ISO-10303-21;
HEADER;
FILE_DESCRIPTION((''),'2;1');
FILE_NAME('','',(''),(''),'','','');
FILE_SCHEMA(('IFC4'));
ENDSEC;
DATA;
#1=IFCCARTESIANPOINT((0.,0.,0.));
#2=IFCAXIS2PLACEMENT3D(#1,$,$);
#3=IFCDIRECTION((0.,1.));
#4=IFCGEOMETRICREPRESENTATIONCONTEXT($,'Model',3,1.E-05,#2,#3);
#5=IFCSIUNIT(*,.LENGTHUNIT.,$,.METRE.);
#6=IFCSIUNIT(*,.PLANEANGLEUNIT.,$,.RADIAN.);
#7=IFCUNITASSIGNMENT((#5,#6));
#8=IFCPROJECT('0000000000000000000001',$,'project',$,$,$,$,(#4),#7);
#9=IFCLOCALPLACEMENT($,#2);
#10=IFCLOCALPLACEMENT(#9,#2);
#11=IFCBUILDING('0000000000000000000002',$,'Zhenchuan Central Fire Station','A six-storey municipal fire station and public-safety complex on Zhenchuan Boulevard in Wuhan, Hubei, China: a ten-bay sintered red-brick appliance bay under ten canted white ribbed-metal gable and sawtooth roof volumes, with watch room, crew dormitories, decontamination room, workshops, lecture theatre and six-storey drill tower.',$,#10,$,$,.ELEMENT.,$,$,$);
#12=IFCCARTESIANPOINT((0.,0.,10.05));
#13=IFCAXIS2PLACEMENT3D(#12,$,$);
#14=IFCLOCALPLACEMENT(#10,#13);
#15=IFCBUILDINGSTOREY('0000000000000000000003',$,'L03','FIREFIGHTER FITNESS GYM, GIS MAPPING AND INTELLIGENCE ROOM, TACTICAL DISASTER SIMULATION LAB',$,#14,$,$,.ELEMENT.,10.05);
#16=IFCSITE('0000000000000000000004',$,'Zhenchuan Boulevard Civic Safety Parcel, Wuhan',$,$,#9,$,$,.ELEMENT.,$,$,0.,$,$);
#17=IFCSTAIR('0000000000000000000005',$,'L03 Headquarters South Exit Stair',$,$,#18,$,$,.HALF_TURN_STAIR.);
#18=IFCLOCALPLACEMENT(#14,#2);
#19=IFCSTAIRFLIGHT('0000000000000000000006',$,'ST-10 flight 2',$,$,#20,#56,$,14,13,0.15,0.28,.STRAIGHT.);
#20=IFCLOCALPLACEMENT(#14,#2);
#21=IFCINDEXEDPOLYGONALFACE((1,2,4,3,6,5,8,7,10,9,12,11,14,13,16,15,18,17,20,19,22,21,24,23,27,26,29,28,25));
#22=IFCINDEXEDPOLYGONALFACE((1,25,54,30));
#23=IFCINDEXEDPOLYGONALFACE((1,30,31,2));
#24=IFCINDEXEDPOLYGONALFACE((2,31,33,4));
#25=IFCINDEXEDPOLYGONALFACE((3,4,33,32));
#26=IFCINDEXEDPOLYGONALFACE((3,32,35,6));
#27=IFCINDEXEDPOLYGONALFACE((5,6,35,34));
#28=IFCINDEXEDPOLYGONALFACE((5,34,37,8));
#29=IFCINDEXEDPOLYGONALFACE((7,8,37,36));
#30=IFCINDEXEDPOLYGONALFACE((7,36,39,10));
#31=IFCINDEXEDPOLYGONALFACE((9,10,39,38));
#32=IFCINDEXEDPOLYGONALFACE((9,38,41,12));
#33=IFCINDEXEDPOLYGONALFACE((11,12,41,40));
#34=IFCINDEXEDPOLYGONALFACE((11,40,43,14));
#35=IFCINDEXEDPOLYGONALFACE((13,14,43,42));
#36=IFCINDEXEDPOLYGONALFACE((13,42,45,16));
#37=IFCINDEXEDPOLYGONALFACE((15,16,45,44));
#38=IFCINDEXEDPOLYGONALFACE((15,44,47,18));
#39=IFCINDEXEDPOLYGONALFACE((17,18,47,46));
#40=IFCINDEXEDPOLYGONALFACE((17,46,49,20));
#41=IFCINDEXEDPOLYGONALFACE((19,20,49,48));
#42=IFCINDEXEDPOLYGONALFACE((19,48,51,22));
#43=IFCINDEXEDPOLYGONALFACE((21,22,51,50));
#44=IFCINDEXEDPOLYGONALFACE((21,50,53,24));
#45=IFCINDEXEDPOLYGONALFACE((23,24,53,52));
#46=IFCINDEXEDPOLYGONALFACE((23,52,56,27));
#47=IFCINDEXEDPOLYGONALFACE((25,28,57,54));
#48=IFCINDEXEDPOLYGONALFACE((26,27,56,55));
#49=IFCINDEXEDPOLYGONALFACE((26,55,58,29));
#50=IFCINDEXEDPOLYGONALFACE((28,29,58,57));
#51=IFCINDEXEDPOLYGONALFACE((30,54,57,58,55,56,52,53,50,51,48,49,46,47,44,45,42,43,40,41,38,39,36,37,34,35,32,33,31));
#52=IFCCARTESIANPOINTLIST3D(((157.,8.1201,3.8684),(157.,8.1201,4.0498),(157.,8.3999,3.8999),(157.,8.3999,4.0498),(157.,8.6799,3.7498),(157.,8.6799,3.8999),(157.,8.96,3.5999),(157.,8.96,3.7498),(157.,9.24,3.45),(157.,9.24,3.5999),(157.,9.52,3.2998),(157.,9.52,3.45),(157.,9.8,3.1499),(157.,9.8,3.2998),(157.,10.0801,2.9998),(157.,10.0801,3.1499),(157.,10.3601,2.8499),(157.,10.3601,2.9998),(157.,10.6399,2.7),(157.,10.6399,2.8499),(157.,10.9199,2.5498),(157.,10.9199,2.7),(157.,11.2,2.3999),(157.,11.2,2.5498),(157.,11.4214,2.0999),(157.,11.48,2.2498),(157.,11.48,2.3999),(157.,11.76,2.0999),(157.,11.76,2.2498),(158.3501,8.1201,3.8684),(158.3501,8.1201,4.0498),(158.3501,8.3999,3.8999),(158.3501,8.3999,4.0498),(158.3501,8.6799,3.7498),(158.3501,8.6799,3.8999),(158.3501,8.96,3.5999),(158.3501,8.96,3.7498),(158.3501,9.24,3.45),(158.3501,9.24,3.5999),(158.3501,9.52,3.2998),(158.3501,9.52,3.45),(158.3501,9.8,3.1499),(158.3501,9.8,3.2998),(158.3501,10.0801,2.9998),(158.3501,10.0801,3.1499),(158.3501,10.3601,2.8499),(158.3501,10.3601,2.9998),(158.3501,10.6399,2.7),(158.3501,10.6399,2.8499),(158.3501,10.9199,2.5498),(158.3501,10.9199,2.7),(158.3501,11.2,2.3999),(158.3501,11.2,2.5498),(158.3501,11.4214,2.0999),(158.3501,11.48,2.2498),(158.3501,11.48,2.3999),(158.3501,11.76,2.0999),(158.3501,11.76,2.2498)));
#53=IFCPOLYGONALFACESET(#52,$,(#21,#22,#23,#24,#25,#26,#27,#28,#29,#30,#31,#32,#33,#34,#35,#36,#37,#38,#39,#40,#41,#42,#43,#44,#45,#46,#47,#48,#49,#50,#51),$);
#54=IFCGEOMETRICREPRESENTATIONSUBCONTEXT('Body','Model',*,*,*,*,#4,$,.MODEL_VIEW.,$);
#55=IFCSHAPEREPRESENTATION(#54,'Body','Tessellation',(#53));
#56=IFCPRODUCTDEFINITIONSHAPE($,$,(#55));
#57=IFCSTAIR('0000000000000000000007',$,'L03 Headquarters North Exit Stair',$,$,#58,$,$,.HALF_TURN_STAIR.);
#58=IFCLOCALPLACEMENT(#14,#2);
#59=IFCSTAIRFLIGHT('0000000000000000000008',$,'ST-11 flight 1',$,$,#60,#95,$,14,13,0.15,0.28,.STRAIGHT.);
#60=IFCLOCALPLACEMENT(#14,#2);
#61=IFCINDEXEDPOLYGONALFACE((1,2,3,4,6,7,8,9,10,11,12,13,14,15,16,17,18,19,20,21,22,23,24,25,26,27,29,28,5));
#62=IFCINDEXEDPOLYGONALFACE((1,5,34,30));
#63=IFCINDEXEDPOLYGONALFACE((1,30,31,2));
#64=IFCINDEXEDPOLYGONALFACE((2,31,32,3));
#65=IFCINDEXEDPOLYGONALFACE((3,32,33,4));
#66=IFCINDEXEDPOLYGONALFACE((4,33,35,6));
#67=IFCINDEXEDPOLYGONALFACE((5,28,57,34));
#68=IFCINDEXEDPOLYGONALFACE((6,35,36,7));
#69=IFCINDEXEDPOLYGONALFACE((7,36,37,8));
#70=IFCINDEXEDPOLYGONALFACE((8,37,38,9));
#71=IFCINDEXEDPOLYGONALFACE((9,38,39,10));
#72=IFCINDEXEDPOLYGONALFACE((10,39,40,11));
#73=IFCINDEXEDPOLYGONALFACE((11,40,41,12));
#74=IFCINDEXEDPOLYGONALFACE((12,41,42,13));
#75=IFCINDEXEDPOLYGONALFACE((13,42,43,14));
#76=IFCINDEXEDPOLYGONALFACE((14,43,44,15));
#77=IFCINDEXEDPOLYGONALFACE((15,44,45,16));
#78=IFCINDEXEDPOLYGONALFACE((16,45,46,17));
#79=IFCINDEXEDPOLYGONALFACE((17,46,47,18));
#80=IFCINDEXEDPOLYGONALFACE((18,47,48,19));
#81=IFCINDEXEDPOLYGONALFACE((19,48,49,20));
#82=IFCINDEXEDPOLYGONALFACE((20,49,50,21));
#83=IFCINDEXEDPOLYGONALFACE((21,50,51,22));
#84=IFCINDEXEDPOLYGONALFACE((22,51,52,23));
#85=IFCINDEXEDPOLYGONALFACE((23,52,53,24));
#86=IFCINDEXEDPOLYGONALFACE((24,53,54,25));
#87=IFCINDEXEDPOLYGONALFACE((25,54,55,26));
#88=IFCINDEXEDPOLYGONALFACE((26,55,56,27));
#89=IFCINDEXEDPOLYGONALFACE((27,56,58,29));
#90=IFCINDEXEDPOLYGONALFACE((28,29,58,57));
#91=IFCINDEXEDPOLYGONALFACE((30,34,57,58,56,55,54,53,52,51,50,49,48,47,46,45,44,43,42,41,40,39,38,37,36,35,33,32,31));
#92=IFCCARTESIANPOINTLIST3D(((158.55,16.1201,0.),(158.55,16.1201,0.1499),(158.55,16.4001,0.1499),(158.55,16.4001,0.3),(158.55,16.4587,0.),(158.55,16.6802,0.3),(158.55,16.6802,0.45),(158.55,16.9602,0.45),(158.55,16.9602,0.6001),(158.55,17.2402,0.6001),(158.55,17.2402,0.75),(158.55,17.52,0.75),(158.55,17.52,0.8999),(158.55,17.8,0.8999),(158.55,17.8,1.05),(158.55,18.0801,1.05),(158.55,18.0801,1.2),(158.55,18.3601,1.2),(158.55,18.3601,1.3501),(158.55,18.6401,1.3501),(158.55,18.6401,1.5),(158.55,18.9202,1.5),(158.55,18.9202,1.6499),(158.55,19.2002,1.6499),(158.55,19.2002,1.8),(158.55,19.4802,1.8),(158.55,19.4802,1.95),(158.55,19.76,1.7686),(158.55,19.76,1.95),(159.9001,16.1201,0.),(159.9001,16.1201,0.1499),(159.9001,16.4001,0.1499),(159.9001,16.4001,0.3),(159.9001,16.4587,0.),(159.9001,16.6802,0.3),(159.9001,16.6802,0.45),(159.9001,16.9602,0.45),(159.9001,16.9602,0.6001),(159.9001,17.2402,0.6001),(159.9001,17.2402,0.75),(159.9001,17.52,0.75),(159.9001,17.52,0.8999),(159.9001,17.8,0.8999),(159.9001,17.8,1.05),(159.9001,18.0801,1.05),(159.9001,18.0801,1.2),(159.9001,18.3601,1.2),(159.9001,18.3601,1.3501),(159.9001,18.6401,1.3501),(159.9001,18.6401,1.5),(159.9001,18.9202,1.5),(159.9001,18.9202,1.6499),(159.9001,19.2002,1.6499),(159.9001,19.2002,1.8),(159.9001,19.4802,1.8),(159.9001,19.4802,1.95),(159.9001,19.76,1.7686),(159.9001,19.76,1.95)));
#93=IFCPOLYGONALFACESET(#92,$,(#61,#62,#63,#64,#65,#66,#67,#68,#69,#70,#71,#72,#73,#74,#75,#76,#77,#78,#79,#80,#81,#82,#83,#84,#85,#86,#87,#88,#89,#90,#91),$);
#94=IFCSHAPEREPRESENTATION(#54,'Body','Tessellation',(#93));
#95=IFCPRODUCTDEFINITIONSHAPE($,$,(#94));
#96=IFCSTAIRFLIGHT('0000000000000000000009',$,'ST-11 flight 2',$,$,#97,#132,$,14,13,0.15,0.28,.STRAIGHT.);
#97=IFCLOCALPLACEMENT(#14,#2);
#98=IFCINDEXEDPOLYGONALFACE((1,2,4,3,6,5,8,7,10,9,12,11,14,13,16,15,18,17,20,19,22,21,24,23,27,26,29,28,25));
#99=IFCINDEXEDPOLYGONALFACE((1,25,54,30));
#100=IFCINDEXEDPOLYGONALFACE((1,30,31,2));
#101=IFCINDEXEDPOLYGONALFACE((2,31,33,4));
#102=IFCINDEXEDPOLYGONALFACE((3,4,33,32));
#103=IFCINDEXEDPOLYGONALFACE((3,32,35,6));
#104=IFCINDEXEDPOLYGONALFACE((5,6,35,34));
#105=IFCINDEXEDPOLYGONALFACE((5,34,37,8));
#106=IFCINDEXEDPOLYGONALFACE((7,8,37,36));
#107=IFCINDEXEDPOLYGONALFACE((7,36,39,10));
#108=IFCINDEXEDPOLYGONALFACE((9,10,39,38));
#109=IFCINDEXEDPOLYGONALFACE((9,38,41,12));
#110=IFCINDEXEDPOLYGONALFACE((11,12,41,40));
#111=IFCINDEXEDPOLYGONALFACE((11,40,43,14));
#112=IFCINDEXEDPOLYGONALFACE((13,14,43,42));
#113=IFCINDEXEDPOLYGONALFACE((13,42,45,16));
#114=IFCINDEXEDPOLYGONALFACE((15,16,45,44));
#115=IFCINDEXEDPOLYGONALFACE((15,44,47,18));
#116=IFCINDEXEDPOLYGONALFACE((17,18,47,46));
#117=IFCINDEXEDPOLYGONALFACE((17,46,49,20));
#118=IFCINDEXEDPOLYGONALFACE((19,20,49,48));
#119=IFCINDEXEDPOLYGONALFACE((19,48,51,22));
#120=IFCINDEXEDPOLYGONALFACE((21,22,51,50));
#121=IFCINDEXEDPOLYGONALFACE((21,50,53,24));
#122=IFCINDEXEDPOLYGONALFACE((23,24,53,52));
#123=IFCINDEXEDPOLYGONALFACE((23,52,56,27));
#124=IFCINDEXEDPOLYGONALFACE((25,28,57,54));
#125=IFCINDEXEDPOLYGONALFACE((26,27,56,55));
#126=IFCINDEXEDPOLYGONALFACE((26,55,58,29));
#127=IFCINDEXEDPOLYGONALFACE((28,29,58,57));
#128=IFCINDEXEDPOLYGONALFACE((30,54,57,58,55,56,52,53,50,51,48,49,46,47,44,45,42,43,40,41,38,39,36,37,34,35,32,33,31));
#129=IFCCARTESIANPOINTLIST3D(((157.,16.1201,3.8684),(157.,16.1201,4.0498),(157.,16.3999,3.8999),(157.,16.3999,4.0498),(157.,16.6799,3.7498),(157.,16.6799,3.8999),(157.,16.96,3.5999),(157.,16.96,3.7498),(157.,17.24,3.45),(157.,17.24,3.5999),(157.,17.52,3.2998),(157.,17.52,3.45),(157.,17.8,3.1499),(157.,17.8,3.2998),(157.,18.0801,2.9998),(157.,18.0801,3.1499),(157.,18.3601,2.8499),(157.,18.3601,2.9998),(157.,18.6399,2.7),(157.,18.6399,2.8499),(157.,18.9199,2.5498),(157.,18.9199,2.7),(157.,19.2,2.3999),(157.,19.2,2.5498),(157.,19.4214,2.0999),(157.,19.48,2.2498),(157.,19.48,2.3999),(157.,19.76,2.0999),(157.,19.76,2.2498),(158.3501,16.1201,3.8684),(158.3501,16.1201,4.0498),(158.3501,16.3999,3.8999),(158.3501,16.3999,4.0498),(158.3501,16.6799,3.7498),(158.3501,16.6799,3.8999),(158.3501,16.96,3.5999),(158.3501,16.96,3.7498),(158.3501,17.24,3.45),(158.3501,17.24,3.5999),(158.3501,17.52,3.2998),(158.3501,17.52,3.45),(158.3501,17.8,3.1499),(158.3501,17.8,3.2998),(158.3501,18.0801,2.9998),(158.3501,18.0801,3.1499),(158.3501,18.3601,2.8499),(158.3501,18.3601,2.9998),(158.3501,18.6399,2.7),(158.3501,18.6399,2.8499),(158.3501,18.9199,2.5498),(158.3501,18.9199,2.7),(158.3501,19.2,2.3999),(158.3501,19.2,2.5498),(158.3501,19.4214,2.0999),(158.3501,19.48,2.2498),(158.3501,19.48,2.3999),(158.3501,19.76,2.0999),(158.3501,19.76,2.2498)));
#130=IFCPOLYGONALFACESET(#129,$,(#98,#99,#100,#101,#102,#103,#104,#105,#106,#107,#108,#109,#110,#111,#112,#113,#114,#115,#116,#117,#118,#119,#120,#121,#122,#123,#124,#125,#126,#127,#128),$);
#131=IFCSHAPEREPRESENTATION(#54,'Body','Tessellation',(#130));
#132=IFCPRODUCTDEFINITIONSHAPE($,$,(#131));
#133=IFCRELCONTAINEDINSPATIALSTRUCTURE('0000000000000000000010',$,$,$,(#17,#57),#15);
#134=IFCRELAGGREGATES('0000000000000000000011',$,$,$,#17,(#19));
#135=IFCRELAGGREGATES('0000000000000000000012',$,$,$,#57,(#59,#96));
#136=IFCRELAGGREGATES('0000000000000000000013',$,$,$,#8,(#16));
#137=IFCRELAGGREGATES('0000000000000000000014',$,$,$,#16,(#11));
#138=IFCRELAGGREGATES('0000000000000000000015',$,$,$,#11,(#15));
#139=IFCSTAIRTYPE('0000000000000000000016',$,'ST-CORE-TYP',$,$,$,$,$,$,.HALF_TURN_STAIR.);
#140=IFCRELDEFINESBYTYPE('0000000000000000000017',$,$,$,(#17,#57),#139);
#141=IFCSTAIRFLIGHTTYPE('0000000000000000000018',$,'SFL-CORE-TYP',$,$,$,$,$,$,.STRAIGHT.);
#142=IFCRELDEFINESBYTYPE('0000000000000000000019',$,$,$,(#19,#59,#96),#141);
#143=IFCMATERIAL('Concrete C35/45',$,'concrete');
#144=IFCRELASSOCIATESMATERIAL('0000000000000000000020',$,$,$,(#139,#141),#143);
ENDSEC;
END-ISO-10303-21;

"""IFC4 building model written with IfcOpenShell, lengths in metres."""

from ifc_helpers import new_model, si_unit, direction, frame, origin, place, context, subcontext, project, spatial, polyline, outline, extrude, material, type_object, element, aggregate, save


model = new_model("IFC4")

# Units and contexts
model_context = context("Model", 3, precision=1e-05, world=origin(), true_north=direction((0.0, 1.0)))
body_context = subcontext(model_context, "Body", "Model", "MODEL_VIEW")
ifc_project = project(units=[si_unit("LENGTHUNIT", "METRE"), si_unit("PLANEANGLEUNIT", "RADIAN")], contexts=[model_context])

# Site, building, storey
site_placement = place(None, origin())
site = spatial("IfcSite", under=ifc_project, at=site_placement, Name="Zhenchuan Boulevard Civic Safety Parcel, Wuhan", CompositionType="ELEMENT", RefElevation=0.0)
building_placement = place(site_placement, origin())
building = spatial("IfcBuilding", under=site, at=building_placement, Name="Zhenchuan Central Fire Station", Description="A six-storey municipal fire station and public-safety complex on Zhenchuan Boulevard in Wuhan, Hubei, China: a ten-bay sintered red-brick appliance bay under ten canted white ribbed-metal gable and sawtooth roof volumes, with watch room, crew dormitories, decontamination room, workshops, lecture theatre and six-storey drill tower.", CompositionType="ELEMENT")
storey_placement = place(building_placement, frame((0.0, 0.0, 10.05)))
storey = spatial("IfcBuildingStorey", under=building, at=storey_placement, Name="L03", Description="FIREFIGHTER FITNESS GYM, GIS MAPPING AND INTELLIGENCE ROOM, TACTICAL DISASTER SIMULATION LAB", CompositionType="ELEMENT", Elevation=10.05)

# Stairs, stair flights
ifc_material_1 = material(Name="Concrete C35/45", Category="concrete")
stair_type = type_object("IfcStairType", Name="ST-CORE-TYP", PredefinedType="HALF_TURN_STAIR", material=ifc_material_1)
stair_1_placement = place(storey_placement, origin())
stair_1 = element("IfcStair", 1, at=stair_1_placement, inside=storey, type_object=stair_type, Name="L03 Headquarters South Exit Stair", PredefinedType="HALF_TURN_STAIR")
stair_flight_type = type_object("IfcStairFlightType", Name="SFL-CORE-TYP", PredefinedType="STRAIGHT", material=ifc_material_1)
stair_flight_1_placement = place(storey_placement, frame((157.675, 11.76, 2.0999), z_axis=(0.0, 0.0, 1.0), x_axis=(0.0, -1.0, 0.0)))
stair_flight_1 = element("IfcStairFlight", 2, at=stair_flight_1_placement, type_object=stair_flight_type, Name="ST-10 flight 2", NumberOfRisers=14, NumberOfTreads=13, PredefinedType="STRAIGHT", RiserHeight=0.15, TreadLength=0.28, context=body_context, shape_type="SweptSolid", body=[
    extrude(outline(polyline([(0.0, 0.0), (0.0, 0.1499), (0.28, 0.1499), (0.28, 0.3), (0.5601, 0.3), (0.5601, 0.45), (0.8401, 0.45), (0.8401, 0.6001), (1.1201, 0.6001), (1.1201, 0.75), (1.3999, 0.75), (1.3999, 0.8999), (1.6799, 0.8999), (1.6799, 1.05), (1.96, 1.05), (1.96, 1.2), (2.24, 1.2), (2.24, 1.3501), (2.52, 1.3501), (2.52, 1.5), (2.8, 1.5), (2.8, 1.6499), (3.0801, 1.6499), (3.0801, 1.8), (3.3601, 1.8), (3.3601, 1.95), (3.6399, 1.95), (3.6399, 2.1001), (3.6399, 1.7686), (0.3386, 0.0), (0.0, 0.0)])), frame((0.0, 0.675, 0.0), z_axis=(0.0, -1.0, 0.0), x_axis=(1.0, 0.0, 0.0)), (0.0, 0.0, 1.0), 1.3501),
])
aggregate(stair_1, [stair_flight_1])
stair_2_placement = place(storey_placement, origin())
stair_2 = element("IfcStair", 3, at=stair_2_placement, inside=storey, type_object=stair_type, Name="L03 Headquarters North Exit Stair", PredefinedType="HALF_TURN_STAIR")
stair_flight_2_placement = place(storey_placement, frame((159.2251, 16.1201, 0.0), z_axis=(0.0, 0.0, 1.0), x_axis=(0.0, 1.0, 0.0)))
stair_flight_2 = element("IfcStairFlight", 4, at=stair_flight_2_placement, type_object=stair_flight_type, Name="ST-11 flight 1", NumberOfRisers=14, NumberOfTreads=13, PredefinedType="STRAIGHT", RiserHeight=0.15, TreadLength=0.28, context=body_context, shape_type="SweptSolid", body=[
    extrude(outline(polyline([(0.0, 0.0), (0.0, 0.1499), (0.28, 0.1499), (0.28, 0.3), (0.5601, 0.3), (0.5601, 0.45), (0.8401, 0.45), (0.8401, 0.6001), (1.1201, 0.6001), (1.1201, 0.75), (1.3999, 0.75), (1.3999, 0.8999), (1.6799, 0.8999), (1.6799, 1.05), (1.96, 1.05), (1.96, 1.2), (2.24, 1.2), (2.24, 1.3501), (2.52, 1.3501), (2.52, 1.5), (2.8, 1.5), (2.8, 1.6499), (3.0801, 1.6499), (3.0801, 1.8), (3.3601, 1.8), (3.3601, 1.95), (3.6399, 1.95), (3.6399, 2.1001), (3.6399, 1.7686), (0.3386, 0.0), (0.0, 0.0)])), frame((0.0, 0.675, 0.0), z_axis=(0.0, -1.0, 0.0), x_axis=(1.0, 0.0, 0.0)), (0.0, 0.0, 1.0), 1.3501),
])
stair_flight_3_placement = place(storey_placement, frame((157.675, 19.76, 2.0999), z_axis=(0.0, 0.0, 1.0), x_axis=(0.0, -1.0, 0.0)))
stair_flight_3 = element("IfcStairFlight", 5, at=stair_flight_3_placement, type_object=stair_flight_type, Name="ST-11 flight 2", NumberOfRisers=14, NumberOfTreads=13, PredefinedType="STRAIGHT", RiserHeight=0.15, TreadLength=0.28, context=body_context, shape_type="SweptSolid", body=[
    extrude(outline(polyline([(0.0, 0.0), (0.0, 0.1499), (0.28, 0.1499), (0.28, 0.3), (0.5601, 0.3), (0.5601, 0.45), (0.8401, 0.45), (0.8401, 0.6001), (1.1201, 0.6001), (1.1201, 0.75), (1.3999, 0.75), (1.3999, 0.8999), (1.6799, 0.8999), (1.6799, 1.05), (1.96, 1.05), (1.96, 1.2), (2.24, 1.2), (2.24, 1.3501), (2.52, 1.3501), (2.52, 1.5), (2.8, 1.5), (2.8, 1.6499), (3.0801, 1.6499), (3.0801, 1.8), (3.3601, 1.8), (3.3601, 1.95), (3.6399, 1.95), (3.6399, 2.1001), (3.6399, 1.7686), (0.3386, 0.0), (0.0, 0.0)])), frame((0.0, 0.675, 0.0), z_axis=(0.0, -1.0, 0.0), x_axis=(1.0, 0.0, 0.0)), (0.0, 0.0, 1.0), 1.3501),
])
aggregate(stair_2, [stair_flight_2, stair_flight_3])

save(model, "model.ifc")
